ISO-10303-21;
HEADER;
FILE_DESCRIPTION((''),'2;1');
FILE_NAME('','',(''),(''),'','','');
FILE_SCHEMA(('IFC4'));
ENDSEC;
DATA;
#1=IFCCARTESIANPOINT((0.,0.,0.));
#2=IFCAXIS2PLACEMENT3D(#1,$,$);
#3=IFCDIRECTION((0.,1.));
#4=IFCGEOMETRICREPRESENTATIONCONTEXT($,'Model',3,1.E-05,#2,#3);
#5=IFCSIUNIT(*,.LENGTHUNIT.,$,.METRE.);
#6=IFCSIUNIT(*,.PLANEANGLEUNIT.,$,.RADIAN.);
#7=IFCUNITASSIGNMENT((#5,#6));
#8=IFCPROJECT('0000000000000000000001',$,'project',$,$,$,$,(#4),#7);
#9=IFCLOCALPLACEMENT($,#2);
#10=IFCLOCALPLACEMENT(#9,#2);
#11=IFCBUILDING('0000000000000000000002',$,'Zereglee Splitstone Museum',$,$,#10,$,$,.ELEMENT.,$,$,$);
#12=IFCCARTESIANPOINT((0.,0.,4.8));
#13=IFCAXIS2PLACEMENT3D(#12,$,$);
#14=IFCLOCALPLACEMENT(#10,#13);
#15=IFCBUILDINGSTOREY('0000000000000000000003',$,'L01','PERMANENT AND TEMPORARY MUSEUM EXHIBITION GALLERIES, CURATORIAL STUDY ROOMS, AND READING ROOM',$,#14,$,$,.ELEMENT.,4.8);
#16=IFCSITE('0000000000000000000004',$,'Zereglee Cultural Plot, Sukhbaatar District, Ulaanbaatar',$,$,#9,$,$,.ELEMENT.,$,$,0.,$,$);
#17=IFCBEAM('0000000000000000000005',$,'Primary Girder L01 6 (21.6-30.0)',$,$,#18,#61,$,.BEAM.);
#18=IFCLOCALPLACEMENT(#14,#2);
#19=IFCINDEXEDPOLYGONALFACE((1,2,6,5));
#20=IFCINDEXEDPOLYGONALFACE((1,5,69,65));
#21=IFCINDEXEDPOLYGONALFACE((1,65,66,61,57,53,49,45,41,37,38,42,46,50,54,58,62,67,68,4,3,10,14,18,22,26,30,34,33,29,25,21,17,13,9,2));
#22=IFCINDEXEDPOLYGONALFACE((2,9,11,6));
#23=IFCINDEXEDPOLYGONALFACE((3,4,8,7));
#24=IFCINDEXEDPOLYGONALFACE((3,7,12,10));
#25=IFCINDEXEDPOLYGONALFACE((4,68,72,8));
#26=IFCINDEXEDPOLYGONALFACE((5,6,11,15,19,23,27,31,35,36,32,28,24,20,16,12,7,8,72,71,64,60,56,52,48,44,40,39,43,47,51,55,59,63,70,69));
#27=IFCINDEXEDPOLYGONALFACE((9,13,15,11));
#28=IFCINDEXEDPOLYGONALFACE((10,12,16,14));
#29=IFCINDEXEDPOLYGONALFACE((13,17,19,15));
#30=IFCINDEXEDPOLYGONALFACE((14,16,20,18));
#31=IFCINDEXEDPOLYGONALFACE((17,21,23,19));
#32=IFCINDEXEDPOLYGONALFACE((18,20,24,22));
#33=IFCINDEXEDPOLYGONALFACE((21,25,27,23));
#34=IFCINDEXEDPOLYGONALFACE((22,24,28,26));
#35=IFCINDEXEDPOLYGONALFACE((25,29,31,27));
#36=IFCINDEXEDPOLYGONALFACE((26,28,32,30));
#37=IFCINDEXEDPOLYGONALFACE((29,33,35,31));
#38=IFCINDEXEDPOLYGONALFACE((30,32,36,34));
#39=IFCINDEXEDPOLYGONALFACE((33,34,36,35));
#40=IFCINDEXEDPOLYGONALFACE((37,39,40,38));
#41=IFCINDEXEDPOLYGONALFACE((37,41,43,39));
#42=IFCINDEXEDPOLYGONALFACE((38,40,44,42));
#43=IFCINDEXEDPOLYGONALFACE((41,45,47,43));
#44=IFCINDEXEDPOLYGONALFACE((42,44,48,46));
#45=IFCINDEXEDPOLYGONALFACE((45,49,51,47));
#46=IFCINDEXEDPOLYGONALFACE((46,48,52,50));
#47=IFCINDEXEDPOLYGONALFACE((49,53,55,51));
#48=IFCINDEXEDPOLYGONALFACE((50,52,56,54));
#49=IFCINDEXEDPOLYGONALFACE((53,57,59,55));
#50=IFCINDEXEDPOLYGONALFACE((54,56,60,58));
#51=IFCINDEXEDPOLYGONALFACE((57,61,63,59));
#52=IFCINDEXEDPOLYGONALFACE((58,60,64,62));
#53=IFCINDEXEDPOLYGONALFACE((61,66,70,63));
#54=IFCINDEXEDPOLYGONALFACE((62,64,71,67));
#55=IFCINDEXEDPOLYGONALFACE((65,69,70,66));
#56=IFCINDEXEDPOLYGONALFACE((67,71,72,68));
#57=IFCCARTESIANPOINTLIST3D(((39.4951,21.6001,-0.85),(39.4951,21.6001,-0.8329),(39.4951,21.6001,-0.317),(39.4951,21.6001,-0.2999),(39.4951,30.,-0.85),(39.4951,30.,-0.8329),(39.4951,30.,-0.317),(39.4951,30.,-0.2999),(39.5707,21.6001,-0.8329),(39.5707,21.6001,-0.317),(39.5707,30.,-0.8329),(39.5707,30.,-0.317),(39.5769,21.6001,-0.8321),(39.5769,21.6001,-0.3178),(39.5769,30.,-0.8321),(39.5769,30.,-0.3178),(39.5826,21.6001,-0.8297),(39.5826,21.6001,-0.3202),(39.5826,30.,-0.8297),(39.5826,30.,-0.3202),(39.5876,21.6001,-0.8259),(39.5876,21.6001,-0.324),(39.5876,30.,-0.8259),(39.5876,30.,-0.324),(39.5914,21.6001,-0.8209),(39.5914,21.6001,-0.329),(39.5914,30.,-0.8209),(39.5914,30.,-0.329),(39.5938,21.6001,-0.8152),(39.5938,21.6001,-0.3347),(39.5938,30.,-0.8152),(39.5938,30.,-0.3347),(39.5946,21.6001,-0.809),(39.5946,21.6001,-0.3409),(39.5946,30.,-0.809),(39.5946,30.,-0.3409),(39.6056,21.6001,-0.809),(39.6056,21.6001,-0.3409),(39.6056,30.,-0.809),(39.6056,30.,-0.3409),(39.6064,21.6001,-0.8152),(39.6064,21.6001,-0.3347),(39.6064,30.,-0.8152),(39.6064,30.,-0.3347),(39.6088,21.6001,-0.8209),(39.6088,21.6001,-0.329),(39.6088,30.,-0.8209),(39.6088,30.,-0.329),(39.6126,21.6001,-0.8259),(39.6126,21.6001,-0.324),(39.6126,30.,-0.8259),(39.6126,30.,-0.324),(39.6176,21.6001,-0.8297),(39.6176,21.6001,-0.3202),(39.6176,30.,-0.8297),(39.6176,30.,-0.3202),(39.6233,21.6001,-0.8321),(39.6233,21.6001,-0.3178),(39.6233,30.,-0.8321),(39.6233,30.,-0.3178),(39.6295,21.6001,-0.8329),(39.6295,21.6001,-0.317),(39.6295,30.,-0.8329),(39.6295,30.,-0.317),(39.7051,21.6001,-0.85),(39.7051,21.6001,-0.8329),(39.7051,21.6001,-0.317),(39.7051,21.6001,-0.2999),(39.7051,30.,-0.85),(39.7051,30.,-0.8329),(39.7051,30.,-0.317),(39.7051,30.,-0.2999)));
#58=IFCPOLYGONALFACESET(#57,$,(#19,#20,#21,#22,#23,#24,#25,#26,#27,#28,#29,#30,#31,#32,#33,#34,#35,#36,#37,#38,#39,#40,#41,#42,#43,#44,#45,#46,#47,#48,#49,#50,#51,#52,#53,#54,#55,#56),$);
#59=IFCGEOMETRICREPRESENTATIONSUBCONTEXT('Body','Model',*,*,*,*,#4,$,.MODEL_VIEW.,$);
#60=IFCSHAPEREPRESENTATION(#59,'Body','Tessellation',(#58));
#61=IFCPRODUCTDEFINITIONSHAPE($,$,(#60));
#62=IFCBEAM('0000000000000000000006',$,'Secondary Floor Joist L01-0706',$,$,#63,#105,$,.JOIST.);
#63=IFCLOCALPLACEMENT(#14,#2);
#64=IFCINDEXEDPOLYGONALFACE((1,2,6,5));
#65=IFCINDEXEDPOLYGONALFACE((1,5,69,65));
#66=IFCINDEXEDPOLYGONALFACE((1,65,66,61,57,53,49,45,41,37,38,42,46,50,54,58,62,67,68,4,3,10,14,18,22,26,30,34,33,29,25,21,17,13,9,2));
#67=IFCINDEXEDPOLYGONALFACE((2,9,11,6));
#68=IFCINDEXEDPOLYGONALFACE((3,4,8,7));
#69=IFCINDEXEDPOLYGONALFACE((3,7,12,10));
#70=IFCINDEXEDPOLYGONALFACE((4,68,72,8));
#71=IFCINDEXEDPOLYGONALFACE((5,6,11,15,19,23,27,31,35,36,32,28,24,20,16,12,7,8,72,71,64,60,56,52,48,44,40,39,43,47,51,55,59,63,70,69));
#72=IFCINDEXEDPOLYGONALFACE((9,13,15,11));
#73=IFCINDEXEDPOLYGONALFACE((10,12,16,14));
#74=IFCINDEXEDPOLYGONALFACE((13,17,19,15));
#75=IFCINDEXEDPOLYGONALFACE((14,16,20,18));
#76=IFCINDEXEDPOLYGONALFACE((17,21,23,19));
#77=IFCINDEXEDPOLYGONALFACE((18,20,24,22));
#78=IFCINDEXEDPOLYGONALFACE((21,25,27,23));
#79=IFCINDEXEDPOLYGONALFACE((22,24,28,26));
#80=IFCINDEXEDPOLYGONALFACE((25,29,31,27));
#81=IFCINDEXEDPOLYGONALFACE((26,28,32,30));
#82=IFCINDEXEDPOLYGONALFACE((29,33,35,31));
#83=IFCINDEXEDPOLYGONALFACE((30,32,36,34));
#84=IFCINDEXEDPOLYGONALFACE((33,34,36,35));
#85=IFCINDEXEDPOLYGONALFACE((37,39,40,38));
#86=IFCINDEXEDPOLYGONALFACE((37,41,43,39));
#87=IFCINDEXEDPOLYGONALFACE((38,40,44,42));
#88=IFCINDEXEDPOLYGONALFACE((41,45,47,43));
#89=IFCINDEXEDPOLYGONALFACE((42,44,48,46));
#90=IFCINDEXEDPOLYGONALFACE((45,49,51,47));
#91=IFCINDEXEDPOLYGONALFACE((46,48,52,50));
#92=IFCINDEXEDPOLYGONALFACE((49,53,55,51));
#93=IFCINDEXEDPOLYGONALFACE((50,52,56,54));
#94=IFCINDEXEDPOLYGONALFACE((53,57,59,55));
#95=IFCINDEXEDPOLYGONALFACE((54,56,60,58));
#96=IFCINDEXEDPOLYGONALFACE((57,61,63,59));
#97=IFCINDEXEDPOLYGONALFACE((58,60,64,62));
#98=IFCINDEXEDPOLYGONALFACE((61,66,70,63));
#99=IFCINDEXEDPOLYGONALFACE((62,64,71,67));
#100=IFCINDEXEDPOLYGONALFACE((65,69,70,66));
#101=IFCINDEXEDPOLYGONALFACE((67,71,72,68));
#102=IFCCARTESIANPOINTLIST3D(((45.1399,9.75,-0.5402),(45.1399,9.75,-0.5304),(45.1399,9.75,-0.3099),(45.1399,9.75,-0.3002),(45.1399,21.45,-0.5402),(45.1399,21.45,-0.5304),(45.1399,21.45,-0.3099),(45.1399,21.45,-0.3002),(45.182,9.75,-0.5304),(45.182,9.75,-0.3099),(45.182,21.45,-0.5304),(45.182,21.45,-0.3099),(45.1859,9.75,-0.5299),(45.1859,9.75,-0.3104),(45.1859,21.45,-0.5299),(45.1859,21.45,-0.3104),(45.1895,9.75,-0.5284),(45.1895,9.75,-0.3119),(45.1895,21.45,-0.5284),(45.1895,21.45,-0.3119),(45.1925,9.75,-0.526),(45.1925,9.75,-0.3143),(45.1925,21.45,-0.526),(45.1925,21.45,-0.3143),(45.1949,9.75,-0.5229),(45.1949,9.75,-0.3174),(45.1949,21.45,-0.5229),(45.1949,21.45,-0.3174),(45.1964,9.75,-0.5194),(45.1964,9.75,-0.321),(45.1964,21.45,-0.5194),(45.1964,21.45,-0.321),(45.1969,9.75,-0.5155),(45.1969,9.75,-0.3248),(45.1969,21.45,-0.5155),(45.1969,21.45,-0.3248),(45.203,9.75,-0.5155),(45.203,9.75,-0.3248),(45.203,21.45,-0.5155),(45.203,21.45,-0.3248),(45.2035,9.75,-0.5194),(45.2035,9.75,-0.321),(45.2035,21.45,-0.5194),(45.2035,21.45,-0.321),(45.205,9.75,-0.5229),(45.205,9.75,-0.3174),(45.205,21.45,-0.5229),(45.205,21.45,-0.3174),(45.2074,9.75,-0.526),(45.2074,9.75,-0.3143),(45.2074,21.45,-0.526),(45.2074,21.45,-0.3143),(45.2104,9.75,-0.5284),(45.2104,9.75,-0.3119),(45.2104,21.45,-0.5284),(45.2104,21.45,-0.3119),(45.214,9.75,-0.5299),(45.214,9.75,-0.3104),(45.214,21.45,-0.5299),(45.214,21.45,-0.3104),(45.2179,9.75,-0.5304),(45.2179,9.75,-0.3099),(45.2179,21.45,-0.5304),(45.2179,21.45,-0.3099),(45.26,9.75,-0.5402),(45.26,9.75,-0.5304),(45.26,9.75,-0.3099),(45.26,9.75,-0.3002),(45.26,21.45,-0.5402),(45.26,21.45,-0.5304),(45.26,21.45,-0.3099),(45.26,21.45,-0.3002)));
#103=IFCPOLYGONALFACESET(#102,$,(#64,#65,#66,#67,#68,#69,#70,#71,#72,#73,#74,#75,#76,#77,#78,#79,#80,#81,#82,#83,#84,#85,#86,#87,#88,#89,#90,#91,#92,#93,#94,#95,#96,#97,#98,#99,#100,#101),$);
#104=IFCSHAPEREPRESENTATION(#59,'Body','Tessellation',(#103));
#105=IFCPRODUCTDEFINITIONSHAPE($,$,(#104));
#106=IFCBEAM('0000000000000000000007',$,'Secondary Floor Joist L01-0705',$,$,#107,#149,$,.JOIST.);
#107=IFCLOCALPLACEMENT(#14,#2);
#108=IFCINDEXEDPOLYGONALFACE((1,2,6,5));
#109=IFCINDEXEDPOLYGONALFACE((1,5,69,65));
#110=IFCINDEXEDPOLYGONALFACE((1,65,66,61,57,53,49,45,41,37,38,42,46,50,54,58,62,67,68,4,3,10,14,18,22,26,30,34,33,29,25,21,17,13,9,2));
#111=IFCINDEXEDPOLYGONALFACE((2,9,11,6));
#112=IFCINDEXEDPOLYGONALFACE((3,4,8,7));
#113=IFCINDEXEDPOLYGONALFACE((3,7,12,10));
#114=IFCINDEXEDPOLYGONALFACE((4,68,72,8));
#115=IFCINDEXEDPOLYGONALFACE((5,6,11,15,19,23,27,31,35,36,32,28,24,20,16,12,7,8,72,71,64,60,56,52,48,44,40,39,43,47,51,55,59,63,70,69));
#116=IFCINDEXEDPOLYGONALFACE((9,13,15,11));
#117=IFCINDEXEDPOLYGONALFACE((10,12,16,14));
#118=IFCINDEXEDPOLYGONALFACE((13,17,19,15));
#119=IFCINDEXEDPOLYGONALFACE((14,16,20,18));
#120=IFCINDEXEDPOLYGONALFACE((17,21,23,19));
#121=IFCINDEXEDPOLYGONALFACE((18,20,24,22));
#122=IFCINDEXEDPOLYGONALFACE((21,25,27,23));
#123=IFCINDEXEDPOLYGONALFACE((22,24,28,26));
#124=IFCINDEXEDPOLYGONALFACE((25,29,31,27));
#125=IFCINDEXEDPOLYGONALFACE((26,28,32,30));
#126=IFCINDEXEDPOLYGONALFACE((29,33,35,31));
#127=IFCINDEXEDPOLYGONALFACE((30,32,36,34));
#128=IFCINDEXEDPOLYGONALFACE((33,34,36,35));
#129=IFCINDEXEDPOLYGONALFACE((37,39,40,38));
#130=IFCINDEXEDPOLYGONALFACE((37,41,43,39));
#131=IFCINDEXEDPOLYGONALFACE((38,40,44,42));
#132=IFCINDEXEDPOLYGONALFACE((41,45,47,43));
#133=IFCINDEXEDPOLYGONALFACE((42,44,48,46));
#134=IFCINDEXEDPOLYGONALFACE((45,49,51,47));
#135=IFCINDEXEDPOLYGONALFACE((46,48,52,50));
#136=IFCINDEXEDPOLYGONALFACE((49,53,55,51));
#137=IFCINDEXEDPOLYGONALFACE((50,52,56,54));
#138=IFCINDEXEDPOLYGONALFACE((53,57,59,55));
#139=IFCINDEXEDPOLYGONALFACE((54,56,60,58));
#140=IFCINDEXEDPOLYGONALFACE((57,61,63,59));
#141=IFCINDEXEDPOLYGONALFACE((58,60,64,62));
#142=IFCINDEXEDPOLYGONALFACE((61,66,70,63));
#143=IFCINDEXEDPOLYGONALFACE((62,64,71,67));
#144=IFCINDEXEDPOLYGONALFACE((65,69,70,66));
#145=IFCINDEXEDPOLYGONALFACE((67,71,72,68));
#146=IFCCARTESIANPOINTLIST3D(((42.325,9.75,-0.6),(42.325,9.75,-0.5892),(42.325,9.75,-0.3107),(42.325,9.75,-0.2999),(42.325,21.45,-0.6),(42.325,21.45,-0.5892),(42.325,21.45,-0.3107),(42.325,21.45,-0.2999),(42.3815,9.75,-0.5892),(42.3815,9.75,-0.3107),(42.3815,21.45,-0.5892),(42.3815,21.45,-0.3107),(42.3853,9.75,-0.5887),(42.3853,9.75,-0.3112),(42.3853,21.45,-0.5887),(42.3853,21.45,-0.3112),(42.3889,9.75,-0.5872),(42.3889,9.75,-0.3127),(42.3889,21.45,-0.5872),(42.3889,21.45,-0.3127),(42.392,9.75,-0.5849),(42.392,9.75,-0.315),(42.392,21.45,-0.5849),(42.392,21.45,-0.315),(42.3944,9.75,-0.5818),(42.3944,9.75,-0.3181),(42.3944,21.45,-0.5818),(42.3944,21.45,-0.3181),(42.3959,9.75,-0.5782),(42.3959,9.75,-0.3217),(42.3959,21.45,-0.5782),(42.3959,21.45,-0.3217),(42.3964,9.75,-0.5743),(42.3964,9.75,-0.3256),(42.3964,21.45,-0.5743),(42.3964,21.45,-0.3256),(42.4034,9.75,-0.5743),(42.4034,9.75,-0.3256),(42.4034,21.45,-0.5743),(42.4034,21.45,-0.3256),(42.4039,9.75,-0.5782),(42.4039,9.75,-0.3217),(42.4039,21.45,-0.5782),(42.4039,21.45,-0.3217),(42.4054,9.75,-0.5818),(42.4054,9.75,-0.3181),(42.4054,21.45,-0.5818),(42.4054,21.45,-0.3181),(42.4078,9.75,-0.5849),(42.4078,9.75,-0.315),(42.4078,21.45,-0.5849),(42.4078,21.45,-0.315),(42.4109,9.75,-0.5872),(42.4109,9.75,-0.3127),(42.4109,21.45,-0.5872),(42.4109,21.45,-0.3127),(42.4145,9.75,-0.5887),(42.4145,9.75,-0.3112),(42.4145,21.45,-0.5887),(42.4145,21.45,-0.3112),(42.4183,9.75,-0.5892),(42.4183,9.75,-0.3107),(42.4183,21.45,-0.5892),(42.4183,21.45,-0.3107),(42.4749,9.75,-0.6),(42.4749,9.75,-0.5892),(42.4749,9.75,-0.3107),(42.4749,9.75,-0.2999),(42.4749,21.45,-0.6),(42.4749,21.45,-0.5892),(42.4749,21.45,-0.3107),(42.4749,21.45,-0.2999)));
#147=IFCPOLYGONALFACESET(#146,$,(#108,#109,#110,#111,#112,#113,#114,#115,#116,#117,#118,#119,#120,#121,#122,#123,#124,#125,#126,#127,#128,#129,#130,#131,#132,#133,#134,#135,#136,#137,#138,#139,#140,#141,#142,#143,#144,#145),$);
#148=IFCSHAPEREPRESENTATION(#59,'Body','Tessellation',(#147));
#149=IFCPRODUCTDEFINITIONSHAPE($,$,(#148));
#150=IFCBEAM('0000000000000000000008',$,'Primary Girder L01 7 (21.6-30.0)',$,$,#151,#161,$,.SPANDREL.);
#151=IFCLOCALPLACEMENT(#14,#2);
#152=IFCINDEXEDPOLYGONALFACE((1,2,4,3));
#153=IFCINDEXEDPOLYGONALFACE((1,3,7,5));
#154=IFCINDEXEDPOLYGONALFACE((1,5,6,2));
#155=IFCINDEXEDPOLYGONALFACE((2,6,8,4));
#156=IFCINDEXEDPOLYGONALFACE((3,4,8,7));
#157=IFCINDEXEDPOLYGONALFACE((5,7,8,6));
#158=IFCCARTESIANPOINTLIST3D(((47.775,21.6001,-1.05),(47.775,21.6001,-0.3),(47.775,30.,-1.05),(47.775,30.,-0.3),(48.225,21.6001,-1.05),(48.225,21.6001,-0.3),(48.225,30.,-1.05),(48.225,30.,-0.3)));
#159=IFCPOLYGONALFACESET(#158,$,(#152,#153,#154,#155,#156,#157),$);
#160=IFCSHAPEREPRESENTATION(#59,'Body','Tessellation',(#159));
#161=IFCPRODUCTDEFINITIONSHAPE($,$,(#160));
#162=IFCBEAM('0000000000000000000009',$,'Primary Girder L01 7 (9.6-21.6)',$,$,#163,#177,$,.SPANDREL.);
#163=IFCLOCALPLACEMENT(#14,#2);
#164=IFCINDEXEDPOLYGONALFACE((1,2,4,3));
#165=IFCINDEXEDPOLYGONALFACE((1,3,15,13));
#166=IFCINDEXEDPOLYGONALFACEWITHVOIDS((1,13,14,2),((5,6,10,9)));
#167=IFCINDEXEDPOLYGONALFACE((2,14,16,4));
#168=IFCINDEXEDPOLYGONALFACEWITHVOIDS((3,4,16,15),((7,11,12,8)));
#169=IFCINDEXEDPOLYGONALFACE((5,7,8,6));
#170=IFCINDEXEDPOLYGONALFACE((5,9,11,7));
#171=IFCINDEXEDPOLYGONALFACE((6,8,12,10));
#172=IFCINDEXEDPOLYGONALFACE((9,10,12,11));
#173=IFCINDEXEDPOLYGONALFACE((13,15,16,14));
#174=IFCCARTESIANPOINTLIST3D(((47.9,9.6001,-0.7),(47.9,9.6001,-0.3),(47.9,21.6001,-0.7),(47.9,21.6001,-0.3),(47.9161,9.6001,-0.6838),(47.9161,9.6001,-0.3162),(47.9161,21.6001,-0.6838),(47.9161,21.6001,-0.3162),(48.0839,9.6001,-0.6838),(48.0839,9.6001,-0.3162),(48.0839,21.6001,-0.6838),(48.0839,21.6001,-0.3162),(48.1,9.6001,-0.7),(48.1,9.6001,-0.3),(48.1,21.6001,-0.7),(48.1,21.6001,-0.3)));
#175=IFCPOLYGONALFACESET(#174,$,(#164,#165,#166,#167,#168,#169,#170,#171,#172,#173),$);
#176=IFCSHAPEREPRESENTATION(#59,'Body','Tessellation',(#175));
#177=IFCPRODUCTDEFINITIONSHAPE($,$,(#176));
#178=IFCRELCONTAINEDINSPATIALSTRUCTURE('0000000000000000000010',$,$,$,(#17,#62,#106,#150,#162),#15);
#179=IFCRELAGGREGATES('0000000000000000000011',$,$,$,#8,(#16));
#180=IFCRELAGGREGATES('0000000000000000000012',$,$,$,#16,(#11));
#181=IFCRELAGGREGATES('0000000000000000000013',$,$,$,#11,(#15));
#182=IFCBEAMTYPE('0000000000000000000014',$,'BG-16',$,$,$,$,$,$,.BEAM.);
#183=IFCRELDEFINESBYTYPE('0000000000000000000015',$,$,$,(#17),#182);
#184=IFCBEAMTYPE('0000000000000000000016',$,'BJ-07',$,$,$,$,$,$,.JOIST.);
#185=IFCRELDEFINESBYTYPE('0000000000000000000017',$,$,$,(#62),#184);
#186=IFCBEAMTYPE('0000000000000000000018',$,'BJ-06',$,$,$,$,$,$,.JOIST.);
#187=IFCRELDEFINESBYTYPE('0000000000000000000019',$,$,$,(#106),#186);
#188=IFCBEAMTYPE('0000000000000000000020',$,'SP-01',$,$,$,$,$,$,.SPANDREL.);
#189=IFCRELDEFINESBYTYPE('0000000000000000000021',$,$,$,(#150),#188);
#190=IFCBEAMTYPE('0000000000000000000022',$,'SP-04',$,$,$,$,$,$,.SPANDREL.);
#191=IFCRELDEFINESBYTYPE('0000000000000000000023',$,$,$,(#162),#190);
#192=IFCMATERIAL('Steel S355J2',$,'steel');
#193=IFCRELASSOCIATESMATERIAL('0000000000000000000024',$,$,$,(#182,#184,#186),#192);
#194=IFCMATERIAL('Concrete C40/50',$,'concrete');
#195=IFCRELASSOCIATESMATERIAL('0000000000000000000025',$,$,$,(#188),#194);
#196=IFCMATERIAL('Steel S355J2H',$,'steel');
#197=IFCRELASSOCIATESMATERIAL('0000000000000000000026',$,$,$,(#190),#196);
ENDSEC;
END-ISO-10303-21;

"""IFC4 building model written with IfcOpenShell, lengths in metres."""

from ifc_helpers import new_model, si_unit, direction, frame, origin, origin_2d, place, context, subcontext, project, spatial, rectangle, hollow_rectangle, i_section, extrude, material, material_profile, profile_set, type_object, element, save


model = new_model("IFC4")

# Units and contexts
model_context = context("Model", 3, precision=1e-05, world=origin(), true_north=direction((0.0, 1.0)))
body_context = subcontext(model_context, "Body", "Model", "MODEL_VIEW")
ifc_project = project(units=[si_unit("LENGTHUNIT", "METRE"), si_unit("PLANEANGLEUNIT", "RADIAN")], contexts=[model_context])

# Site, building, storey
site_placement = place(None, origin())
site = spatial("IfcSite", under=ifc_project, at=site_placement, Name="Zereglee Cultural Plot, Sukhbaatar District, Ulaanbaatar", CompositionType="ELEMENT", RefElevation=0.0)
building_placement = place(site_placement, origin())
building = spatial("IfcBuilding", under=site, at=building_placement, Name="Zereglee Splitstone Museum", CompositionType="ELEMENT")
storey_placement = place(building_placement, frame((0.0, 0.0, 4.8)))
storey = spatial("IfcBuildingStorey", under=building, at=storey_placement, Name="L01", Description="PERMANENT AND TEMPORARY MUSEUM EXHIBITION GALLERIES, CURATORIAL STUDY ROOMS, AND READING ROOM", CompositionType="ELEMENT", Elevation=4.8)

# Shared definitions
ifc_material_1 = material(Name="Steel S355J2", Category="steel")

# Beams
ifc_material_profile_1 = material_profile(ifc_material_1, i_section(OverallWidth=0.21, OverallDepth=0.55, WebThickness=0.011, FlangeThickness=0.0171, FilletRadius=0.0239, at=origin_2d()), Name="IPE 550")
ifc_profile_set_1 = profile_set([ifc_material_profile_1], Name="Steel S355J2")
beam_type_1 = type_object("IfcBeamType", Name="BG-16", PredefinedType="BEAM", material=ifc_profile_set_1)
beam_1_placement = place(storey_placement, frame((39.6001, 21.6001, -0.575), z_axis=(0.0, 1.0, 0.0), x_axis=(-1.0, 0.0, 0.0)))
element("IfcBeam", 1, at=beam_1_placement, inside=storey, type_object=beam_type_1, Name="Primary Girder L01 6 (21.6-30.0)", PredefinedType="BEAM", context=body_context, shape_type="SweptSolid", body=[
    extrude(i_section(OverallWidth=0.21, OverallDepth=0.55, WebThickness=0.011, FlangeThickness=0.0171, FilletRadius=0.0239, at=origin_2d()), origin(), (0.0, 0.0, 1.0), 8.3999),
])
ifc_material_profile_2 = material_profile(ifc_material_1, i_section(OverallWidth=0.1201, OverallDepth=0.24, WebThickness=0.0061, FlangeThickness=0.0098, FilletRadius=0.0149, at=origin_2d()), Name="IPE 240")
ifc_profile_set_2 = profile_set([ifc_material_profile_2], Name="Steel S355J2")
beam_type_2 = type_object("IfcBeamType", Name="BJ-07", PredefinedType="JOIST", material=ifc_profile_set_2)
beam_2_placement = place(storey_placement, frame((45.2, 9.75, -0.4202), z_axis=(0.0, 1.0, 0.0), x_axis=(-1.0, 0.0, 0.0)))
element("IfcBeam", 2, at=beam_2_placement, inside=storey, type_object=beam_type_2, Name="Secondary Floor Joist L01-0706", PredefinedType="JOIST", context=body_context, shape_type="SweptSolid", body=[
    extrude(i_section(OverallWidth=0.1201, OverallDepth=0.24, WebThickness=0.0061, FlangeThickness=0.0098, FilletRadius=0.0149, at=origin_2d()), origin(), (0.0, 0.0, 1.0), 11.7),
])
ifc_material_profile_3 = material_profile(ifc_material_1, i_section(OverallWidth=0.1499, OverallDepth=0.3, WebThickness=0.0071, FlangeThickness=0.0107, FilletRadius=0.0149, at=origin_2d()), Name="IPE 300")
ifc_profile_set_3 = profile_set([ifc_material_profile_3], Name="Steel S355J2")
beam_type_3 = type_object("IfcBeamType", Name="BJ-06", PredefinedType="JOIST", material=ifc_profile_set_3)
beam_3_placement = place(storey_placement, frame((42.3999, 9.75, -0.45), z_axis=(0.0, 1.0, 0.0), x_axis=(-1.0, 0.0, 0.0)))
element("IfcBeam", 3, at=beam_3_placement, inside=storey, type_object=beam_type_3, Name="Secondary Floor Joist L01-0705", PredefinedType="JOIST", context=body_context, shape_type="SweptSolid", body=[
    extrude(i_section(OverallWidth=0.1499, OverallDepth=0.3, WebThickness=0.0071, FlangeThickness=0.0107, FilletRadius=0.0149, at=origin_2d()), origin(), (0.0, 0.0, 1.0), 11.7),
])
ifc_material_2 = material(Name="Concrete C40/50", Category="concrete")
ifc_material_profile_4 = material_profile(ifc_material_2, rectangle(XDim=0.45, YDim=0.75, at=origin_2d()), Name="RC 450x750")
ifc_profile_set_4 = profile_set([ifc_material_profile_4], Name="Concrete C40/50")
beam_type_4 = type_object("IfcBeamType", Name="SP-01", PredefinedType="SPANDREL", material=ifc_profile_set_4)
beam_4_placement = place(storey_placement, frame((48.0, 21.6001, -0.675), z_axis=(0.0, 1.0, 0.0), x_axis=(-1.0, 0.0, 0.0)))
element("IfcBeam", 4, at=beam_4_placement, inside=storey, type_object=beam_type_4, Name="Primary Girder L01 7 (21.6-30.0)", PredefinedType="SPANDREL", context=body_context, shape_type="SweptSolid", body=[
    extrude(rectangle(XDim=0.45, YDim=0.75, at=origin_2d()), origin(), (0.0, 0.0, 1.0), 8.3999),
])
ifc_material_3 = material(Name="Steel S355J2H", Category="steel")
ifc_material_profile_5 = material_profile(ifc_material_3, hollow_rectangle(XDim=0.2, YDim=0.3999, WallThickness=0.0161, at=origin_2d()), Name="RHS 400x200x16")
ifc_profile_set_5 = profile_set([ifc_material_profile_5], Name="Steel S355J2H")
beam_type_5 = type_object("IfcBeamType", Name="SP-04", PredefinedType="SPANDREL", material=ifc_profile_set_5)
beam_5_placement = place(storey_placement, frame((48.0, 9.6001, -0.5), z_axis=(0.0, 1.0, 0.0), x_axis=(-1.0, 0.0, 0.0)))
element("IfcBeam", 5, at=beam_5_placement, inside=storey, type_object=beam_type_5, Name="Primary Girder L01 7 (9.6-21.6)", PredefinedType="SPANDREL", context=body_context, shape_type="SweptSolid", body=[
    extrude(hollow_rectangle(XDim=0.2, YDim=0.3999, WallThickness=0.0161, at=origin_2d()), origin(), (0.0, 0.0, 1.0), 12.0),
])

save(model, "model.ifc")
